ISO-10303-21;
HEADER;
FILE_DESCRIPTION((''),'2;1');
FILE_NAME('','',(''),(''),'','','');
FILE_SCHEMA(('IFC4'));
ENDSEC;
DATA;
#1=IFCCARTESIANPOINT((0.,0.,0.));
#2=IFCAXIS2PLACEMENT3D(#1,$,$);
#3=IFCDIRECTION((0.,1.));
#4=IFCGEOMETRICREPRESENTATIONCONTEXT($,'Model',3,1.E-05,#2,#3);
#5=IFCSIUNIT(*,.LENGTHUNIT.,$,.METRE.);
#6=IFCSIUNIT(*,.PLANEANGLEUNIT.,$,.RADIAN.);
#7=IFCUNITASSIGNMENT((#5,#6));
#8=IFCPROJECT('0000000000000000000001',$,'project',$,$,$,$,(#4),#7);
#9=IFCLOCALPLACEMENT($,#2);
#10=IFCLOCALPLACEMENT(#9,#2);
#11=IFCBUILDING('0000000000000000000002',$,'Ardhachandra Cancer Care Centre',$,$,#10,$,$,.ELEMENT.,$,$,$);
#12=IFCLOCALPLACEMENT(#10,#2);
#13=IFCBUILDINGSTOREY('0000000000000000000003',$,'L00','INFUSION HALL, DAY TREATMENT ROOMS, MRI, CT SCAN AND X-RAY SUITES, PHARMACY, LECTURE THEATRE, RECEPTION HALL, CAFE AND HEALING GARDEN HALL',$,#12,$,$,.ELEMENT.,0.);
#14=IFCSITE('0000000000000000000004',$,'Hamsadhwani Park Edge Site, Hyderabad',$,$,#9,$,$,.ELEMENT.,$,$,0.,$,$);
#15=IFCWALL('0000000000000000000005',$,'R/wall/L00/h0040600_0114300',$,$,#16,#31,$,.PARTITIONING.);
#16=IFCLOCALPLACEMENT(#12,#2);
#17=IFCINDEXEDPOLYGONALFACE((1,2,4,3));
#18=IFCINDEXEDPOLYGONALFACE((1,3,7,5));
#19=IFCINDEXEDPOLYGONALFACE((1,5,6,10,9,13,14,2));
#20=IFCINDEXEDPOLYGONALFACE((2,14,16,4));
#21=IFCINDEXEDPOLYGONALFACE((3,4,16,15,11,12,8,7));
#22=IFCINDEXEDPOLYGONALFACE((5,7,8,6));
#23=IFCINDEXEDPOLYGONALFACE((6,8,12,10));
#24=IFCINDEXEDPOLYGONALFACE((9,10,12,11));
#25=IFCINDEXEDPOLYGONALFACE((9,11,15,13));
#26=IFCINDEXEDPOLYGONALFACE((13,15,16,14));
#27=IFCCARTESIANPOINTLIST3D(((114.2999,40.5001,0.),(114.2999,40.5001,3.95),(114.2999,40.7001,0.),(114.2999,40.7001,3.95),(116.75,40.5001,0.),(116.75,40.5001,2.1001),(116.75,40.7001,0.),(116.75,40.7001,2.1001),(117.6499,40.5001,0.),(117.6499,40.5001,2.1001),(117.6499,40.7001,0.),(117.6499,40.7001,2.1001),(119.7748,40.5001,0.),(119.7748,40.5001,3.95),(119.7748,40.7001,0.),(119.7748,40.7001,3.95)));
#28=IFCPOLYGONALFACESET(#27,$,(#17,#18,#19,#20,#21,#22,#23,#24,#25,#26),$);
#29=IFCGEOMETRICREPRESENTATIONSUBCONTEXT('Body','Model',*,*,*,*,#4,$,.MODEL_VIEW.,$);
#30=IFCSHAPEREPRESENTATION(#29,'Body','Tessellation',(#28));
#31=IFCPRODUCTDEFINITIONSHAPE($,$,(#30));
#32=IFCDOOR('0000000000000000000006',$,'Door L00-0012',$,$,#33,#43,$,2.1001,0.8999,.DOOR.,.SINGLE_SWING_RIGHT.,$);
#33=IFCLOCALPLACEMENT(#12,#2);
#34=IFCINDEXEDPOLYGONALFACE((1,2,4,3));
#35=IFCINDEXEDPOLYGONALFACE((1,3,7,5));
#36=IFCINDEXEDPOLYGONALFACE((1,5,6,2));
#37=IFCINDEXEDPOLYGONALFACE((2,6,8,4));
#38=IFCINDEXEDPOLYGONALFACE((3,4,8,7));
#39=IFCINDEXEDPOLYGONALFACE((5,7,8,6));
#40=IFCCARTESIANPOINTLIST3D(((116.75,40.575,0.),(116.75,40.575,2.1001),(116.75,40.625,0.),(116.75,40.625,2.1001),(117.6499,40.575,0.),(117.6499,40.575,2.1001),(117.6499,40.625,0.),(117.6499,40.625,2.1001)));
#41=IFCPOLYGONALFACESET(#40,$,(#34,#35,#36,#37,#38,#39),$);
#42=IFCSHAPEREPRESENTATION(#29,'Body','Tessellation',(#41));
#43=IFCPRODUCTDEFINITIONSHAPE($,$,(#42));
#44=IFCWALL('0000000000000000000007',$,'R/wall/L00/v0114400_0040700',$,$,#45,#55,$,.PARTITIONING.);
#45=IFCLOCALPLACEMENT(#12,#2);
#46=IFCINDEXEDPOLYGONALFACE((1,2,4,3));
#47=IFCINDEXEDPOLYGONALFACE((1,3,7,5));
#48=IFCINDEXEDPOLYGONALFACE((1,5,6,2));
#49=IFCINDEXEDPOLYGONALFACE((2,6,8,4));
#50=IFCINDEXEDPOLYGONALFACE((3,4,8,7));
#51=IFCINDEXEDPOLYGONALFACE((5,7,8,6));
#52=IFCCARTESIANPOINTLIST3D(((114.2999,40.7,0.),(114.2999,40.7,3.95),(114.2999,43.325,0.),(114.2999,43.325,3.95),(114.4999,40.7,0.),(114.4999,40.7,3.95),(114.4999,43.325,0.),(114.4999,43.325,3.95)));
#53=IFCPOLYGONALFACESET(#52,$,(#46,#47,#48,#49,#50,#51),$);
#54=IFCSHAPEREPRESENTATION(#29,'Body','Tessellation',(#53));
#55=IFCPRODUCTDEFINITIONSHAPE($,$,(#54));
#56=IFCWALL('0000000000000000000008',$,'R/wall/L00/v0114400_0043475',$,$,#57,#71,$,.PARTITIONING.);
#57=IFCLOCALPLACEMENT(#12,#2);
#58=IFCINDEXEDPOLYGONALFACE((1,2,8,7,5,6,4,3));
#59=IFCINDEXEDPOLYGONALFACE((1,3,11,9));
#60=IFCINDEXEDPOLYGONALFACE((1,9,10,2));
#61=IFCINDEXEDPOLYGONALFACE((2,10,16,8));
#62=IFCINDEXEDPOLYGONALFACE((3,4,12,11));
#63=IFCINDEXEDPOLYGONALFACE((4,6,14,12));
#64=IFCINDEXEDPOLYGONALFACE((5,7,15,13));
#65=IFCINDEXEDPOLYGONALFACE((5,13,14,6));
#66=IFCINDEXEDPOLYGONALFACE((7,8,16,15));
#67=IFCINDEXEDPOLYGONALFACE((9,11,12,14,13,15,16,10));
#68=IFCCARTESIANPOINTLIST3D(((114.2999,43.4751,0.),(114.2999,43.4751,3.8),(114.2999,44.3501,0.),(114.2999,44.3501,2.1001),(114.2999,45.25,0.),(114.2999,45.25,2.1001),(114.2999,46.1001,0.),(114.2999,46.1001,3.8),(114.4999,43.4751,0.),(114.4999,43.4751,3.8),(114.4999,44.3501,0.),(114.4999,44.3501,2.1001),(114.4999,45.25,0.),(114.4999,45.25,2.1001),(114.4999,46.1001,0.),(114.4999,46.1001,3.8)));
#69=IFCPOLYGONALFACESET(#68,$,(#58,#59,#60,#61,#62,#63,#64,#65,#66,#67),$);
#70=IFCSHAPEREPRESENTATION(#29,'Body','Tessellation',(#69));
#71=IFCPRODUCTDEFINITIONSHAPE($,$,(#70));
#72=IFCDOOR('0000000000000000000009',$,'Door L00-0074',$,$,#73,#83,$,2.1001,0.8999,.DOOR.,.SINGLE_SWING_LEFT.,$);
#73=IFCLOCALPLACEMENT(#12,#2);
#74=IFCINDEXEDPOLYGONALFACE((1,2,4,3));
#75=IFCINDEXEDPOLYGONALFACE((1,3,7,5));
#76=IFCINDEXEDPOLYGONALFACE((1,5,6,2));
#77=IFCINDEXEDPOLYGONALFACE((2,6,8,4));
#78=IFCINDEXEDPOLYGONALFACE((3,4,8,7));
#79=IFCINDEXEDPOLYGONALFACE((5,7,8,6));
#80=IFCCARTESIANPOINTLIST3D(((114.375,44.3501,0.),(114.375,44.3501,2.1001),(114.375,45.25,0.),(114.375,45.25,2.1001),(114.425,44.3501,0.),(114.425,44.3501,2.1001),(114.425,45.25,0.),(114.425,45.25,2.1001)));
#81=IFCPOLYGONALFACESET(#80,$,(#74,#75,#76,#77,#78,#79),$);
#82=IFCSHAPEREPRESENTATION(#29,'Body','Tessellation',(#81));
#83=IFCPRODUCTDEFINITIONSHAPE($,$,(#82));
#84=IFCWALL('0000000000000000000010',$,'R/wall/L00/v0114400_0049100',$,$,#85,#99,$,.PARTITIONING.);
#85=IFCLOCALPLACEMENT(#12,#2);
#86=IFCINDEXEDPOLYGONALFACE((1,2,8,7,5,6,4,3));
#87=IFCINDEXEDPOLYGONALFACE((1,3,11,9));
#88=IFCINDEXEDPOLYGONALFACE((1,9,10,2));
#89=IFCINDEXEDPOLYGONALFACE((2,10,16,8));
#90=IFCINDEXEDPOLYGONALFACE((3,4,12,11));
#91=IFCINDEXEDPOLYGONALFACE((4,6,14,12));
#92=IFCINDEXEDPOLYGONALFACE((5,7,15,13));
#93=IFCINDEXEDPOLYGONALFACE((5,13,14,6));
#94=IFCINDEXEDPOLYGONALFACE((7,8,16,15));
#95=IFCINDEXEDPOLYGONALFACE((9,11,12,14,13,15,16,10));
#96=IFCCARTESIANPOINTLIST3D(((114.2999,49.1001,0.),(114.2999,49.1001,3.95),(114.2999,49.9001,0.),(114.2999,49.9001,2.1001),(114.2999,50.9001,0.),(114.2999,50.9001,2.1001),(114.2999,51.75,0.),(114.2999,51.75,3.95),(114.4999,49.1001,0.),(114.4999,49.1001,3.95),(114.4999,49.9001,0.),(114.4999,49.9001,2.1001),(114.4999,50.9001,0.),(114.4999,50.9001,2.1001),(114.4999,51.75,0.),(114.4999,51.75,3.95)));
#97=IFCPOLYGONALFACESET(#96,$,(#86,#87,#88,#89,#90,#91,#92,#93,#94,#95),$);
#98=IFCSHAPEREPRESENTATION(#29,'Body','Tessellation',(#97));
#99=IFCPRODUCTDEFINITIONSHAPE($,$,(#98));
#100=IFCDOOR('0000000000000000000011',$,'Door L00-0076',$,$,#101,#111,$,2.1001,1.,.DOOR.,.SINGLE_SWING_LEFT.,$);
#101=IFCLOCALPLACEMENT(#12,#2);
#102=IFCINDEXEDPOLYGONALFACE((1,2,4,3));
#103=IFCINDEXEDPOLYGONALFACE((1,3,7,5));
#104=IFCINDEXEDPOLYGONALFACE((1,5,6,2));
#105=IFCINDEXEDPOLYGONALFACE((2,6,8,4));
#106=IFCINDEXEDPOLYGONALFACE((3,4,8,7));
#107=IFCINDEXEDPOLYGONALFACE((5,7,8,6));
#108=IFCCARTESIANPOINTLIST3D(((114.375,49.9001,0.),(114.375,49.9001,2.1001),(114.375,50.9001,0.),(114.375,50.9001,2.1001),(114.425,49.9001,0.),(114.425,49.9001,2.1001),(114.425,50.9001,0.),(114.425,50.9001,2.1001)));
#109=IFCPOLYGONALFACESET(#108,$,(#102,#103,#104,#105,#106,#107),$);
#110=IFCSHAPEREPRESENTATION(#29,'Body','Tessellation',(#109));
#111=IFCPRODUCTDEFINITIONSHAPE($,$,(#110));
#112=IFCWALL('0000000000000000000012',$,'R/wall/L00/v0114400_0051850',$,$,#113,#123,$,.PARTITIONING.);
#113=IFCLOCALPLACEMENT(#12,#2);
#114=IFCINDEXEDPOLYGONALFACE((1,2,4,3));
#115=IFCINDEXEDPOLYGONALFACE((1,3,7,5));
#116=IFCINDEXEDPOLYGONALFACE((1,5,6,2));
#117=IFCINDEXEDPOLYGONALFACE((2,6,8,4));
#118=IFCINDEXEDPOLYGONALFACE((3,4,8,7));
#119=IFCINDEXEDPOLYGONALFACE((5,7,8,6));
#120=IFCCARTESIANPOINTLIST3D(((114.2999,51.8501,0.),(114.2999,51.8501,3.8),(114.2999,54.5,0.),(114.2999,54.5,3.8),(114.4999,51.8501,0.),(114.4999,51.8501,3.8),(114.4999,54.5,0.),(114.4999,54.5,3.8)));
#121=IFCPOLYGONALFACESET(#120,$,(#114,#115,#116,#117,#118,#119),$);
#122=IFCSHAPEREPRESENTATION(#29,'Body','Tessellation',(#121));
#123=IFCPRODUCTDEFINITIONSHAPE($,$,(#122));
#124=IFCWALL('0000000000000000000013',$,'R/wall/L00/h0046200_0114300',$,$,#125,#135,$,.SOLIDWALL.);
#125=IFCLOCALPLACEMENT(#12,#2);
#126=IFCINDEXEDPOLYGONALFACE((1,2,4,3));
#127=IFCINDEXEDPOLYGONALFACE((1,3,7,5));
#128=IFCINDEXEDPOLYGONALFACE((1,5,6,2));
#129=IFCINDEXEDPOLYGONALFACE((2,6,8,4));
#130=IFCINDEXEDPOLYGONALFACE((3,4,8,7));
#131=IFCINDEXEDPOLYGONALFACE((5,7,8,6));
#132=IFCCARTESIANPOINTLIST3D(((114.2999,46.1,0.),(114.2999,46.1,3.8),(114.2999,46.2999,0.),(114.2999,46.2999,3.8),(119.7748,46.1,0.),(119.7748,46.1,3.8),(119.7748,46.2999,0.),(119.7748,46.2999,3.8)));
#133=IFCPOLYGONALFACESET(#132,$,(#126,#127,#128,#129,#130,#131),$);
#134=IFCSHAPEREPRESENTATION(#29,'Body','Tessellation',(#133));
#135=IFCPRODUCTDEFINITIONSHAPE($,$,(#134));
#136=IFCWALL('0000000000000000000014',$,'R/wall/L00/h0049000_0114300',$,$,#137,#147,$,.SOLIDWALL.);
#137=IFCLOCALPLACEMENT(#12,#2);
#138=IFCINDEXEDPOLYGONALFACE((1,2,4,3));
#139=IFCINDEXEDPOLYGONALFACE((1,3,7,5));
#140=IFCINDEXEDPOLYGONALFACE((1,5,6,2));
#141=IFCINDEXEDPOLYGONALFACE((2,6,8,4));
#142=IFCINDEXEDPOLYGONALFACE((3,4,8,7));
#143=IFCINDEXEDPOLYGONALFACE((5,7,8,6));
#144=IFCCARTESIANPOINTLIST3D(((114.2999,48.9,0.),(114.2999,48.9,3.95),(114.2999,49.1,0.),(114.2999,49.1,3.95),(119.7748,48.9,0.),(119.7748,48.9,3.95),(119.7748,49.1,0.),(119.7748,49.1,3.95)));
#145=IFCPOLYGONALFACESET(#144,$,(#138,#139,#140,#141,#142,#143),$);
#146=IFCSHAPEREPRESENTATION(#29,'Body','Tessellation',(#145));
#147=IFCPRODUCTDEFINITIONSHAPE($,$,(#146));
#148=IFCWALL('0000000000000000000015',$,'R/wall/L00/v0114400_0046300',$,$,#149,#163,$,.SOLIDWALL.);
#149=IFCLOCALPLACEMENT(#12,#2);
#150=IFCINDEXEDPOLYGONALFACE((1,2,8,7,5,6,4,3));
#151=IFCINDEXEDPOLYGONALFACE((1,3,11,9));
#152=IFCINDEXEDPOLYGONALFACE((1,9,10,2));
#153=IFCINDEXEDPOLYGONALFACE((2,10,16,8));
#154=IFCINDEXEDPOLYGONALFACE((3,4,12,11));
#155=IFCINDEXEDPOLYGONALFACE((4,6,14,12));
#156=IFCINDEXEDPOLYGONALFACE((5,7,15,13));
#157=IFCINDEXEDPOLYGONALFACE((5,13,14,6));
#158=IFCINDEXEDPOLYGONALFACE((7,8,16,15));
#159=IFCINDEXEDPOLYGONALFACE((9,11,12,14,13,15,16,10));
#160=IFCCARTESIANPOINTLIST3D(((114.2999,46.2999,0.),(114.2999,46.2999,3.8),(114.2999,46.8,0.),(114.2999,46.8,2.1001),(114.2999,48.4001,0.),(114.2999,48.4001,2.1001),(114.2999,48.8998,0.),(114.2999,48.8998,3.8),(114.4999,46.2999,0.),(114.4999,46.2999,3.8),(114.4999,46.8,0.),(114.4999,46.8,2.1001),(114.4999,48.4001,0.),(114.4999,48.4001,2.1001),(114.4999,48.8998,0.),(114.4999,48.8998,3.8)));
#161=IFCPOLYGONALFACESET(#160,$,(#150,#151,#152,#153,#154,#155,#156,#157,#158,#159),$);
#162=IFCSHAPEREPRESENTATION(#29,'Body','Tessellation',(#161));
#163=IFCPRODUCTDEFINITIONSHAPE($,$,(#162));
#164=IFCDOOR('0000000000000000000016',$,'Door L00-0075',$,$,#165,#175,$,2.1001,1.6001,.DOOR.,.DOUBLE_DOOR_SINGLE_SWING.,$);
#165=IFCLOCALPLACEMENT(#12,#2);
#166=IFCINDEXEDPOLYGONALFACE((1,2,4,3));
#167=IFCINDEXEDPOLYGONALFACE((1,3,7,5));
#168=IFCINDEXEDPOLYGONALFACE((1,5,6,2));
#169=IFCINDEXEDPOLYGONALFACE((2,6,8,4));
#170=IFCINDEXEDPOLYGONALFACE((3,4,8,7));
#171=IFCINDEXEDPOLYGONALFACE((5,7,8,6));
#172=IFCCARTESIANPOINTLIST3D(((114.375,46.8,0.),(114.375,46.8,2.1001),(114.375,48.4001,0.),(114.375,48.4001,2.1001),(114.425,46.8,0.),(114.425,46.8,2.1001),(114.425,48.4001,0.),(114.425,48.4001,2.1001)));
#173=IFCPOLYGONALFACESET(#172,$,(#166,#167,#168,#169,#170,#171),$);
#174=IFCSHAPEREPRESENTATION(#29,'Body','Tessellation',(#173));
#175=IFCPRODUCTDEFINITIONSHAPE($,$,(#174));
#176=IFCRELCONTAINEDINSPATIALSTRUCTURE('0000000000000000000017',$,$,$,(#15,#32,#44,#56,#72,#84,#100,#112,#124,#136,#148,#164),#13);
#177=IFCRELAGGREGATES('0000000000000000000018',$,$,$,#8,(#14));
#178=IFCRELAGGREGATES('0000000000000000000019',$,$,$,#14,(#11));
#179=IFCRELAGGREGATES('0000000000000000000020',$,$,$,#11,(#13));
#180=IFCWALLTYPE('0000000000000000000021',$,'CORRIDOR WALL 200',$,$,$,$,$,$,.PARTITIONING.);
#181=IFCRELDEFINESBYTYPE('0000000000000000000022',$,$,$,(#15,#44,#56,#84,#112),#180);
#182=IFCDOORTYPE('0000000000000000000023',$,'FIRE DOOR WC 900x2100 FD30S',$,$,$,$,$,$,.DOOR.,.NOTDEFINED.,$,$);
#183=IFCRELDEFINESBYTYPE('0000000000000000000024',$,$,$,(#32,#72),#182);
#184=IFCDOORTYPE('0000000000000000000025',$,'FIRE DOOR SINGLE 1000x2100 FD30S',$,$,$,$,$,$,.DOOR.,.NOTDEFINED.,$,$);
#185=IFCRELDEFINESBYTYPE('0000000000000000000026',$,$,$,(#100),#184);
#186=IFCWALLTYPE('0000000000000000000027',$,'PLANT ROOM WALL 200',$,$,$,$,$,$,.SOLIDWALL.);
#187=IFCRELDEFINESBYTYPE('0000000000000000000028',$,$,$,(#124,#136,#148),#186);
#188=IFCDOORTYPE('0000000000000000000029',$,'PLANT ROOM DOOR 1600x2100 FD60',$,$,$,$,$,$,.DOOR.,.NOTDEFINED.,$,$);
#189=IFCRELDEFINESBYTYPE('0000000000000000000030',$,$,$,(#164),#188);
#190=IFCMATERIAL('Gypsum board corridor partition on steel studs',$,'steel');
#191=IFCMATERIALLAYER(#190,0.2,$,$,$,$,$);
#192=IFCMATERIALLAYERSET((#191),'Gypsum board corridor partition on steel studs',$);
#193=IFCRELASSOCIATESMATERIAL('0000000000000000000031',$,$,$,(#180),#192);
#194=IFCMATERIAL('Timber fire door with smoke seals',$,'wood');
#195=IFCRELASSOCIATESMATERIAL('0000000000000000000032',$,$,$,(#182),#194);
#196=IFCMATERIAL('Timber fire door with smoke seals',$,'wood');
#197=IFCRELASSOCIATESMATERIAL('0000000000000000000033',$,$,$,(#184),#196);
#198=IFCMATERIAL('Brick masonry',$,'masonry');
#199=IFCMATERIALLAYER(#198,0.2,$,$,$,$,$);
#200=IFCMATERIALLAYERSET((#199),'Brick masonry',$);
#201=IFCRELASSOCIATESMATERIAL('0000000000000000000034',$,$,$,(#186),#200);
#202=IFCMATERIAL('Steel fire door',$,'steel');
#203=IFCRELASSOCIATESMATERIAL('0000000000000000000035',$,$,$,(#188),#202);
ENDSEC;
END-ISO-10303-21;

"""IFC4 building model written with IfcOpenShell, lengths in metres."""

from ifc_helpers import new_model, si_unit, direction, frame, frame_2d, origin, place, context, subcontext, project, spatial, rectangle, extrude, material, layer, layer_set, type_object, element, fill, save


model = new_model("IFC4")

# Units and contexts
model_context = context("Model", 3, precision=1e-05, world=origin(), true_north=direction((0.0, 1.0)))
body_context = subcontext(model_context, "Body", "Model", "MODEL_VIEW")
ifc_project = project(units=[si_unit("LENGTHUNIT", "METRE"), si_unit("PLANEANGLEUNIT", "RADIAN")], contexts=[model_context])

# Site, building, storey
site_placement = place(None, origin())
site = spatial("IfcSite", under=ifc_project, at=site_placement, Name="Hamsadhwani Park Edge Site, Hyderabad", CompositionType="ELEMENT", RefElevation=0.0)
building_placement = place(site_placement, origin())
building = spatial("IfcBuilding", under=site, at=building_placement, Name="Ardhachandra Cancer Care Centre", CompositionType="ELEMENT")
storey_placement = place(building_placement, origin())
storey = spatial("IfcBuildingStorey", under=building, at=storey_placement, Name="L00", Description="INFUSION HALL, DAY TREATMENT ROOMS, MRI, CT SCAN AND X-RAY SUITES, PHARMACY, LECTURE THEATRE, RECEPTION HALL, CAFE AND HEALING GARDEN HALL", CompositionType="ELEMENT", Elevation=0.0)

# Wall, opening, door
ifc_material_1 = material(Name="Gypsum board corridor partition on steel studs", Category="steel")
ifc_layer_1 = layer(ifc_material_1, 0.2)
ifc_layer_set_1 = layer_set([ifc_layer_1], Name="Gypsum board corridor partition on steel studs")
wall_type_1 = type_object("IfcWallType", Name="CORRIDOR WALL 200", PredefinedType="PARTITIONING", material=ifc_layer_set_1)
wall_1_placement = place(storey_placement, frame((114.3, 40.6001, 0.0), z_axis=(0.0, 0.0, 1.0), x_axis=(1.0, 0.0, 0.0)))
wall_1 = element("IfcWall", 1, at=wall_1_placement, inside=storey, type_object=wall_type_1, Name="R/wall/L00/h0040600_0114300", PredefinedType="PARTITIONING", context=body_context, shape_type="SweptSolid", body=[
    extrude(rectangle(XDim=5.4749, YDim=0.2, at=frame_2d((2.7373, 0.0))), origin(), (0.0, 0.0, 1.0), 3.95),
])
opening_1_placement = place(wall_1_placement, frame((2.45, 0.0, 0.0)))
opening_1 = element("IfcOpeningElement", 2, at=opening_1_placement, cuts=wall_1, PredefinedType="OPENING", context=body_context, shape_type="SweptSolid", body=[
    extrude(rectangle(XDim=0.8999, YDim=2.1001, at=frame_2d((0.45, 1.05))), frame((0.0, 0.1099, 0.0), z_axis=(0.0, -1.0, 0.0), x_axis=(1.0, 0.0, 0.0)), (0.0, 0.0, 1.0), 0.22),
])
ifc_material_2 = material(Name="Timber fire door with smoke seals", Category="wood")
door_type_1 = type_object("IfcDoorType", Name="FIRE DOOR WC 900x2100 FD30S", OperationType="NOTDEFINED", PredefinedType="DOOR", material=ifc_material_2)
door_1_placement = place(opening_1_placement, origin())
door_1 = element("IfcDoor", 3, at=door_1_placement, inside=storey, type_object=door_type_1, Name="Door L00-0012", OperationType="SINGLE_SWING_RIGHT", OverallHeight=2.1001, OverallWidth=0.8999, PredefinedType="DOOR", context=body_context, shape_type="SweptSolid", body=[
    extrude(rectangle(XDim=0.8999, YDim=2.1001, at=frame_2d((0.45, 1.05))), frame((0.0, 0.0249, 0.0), z_axis=(0.0, -1.0, 0.0), x_axis=(1.0, 0.0, 0.0)), (0.0, 0.0, 1.0), 0.05),
])
fill(opening_1, door_1)

# Wall
wall_2_placement = place(storey_placement, frame((114.3999, 40.7, 0.0), z_axis=(0.0, 0.0, 1.0), x_axis=(0.0, 1.0, 0.0)))
element("IfcWall", 4, at=wall_2_placement, inside=storey, type_object=wall_type_1, Name="R/wall/L00/v0114400_0040700", PredefinedType="PARTITIONING", context=body_context, shape_type="SweptSolid", body=[
    extrude(rectangle(XDim=2.625, YDim=0.2, at=frame_2d((1.3125, 0.0))), origin(), (0.0, 0.0, 1.0), 3.95),
])

# Walls, openings, doors
wall_3_placement = place(storey_placement, frame((114.3999, 43.4751, 0.0), z_axis=(0.0, 0.0, 1.0), x_axis=(0.0, 1.0, 0.0)))
wall_3 = element("IfcWall", 5, at=wall_3_placement, inside=storey, type_object=wall_type_1, Name="R/wall/L00/v0114400_0043475", PredefinedType="PARTITIONING", context=body_context, shape_type="SweptSolid", body=[
    extrude(rectangle(XDim=2.625, YDim=0.2, at=frame_2d((1.3125, 0.0))), origin(), (0.0, 0.0, 1.0), 3.8),
])
opening_2_placement = place(wall_3_placement, frame((0.875, 0.0, 0.0)))
opening_2 = element("IfcOpeningElement", 6, at=opening_2_placement, cuts=wall_3, PredefinedType="OPENING", context=body_context, shape_type="SweptSolid", body=[
    extrude(rectangle(XDim=0.8999, YDim=2.1001, at=frame_2d((0.45, 1.05))), frame((0.0, 0.1099, 0.0), z_axis=(0.0, -1.0, 0.0), x_axis=(1.0, 0.0, 0.0)), (0.0, 0.0, 1.0), 0.22),
])
door_2_placement = place(opening_2_placement, origin())
door_2 = element("IfcDoor", 7, at=door_2_placement, inside=storey, type_object=door_type_1, Name="Door L00-0074", OperationType="SINGLE_SWING_LEFT", OverallHeight=2.1001, OverallWidth=0.8999, PredefinedType="DOOR", context=body_context, shape_type="SweptSolid", body=[
    extrude(rectangle(XDim=0.8999, YDim=2.1001, at=frame_2d((0.45, 1.05))), frame((0.0, 0.0249, 0.0), z_axis=(0.0, -1.0, 0.0), x_axis=(1.0, 0.0, 0.0)), (0.0, 0.0, 1.0), 0.05),
])
fill(opening_2, door_2)
wall_4_placement = place(storey_placement, frame((114.3999, 49.1001, 0.0), z_axis=(0.0, 0.0, 1.0), x_axis=(0.0, 1.0, 0.0)))
wall_4 = element("IfcWall", 8, at=wall_4_placement, inside=storey, type_object=wall_type_1, Name="R/wall/L00/v0114400_0049100", PredefinedType="PARTITIONING", context=body_context, shape_type="SweptSolid", body=[
    extrude(rectangle(XDim=2.6499, YDim=0.2, at=frame_2d((1.325, 0.0))), origin(), (0.0, 0.0, 1.0), 3.95),
])
opening_3_placement = place(wall_4_placement, frame((0.8, 0.0, 0.0)))
opening_3 = element("IfcOpeningElement", 9, at=opening_3_placement, cuts=wall_4, PredefinedType="OPENING", context=body_context, shape_type="SweptSolid", body=[
    extrude(rectangle(XDim=1.0, YDim=2.1001, at=frame_2d((0.5, 1.05))), frame((0.0, 0.1099, 0.0), z_axis=(0.0, -1.0, 0.0), x_axis=(1.0, 0.0, 0.0)), (0.0, 0.0, 1.0), 0.22),
])
ifc_material_3 = material(Name="Timber fire door with smoke seals", Category="wood")
door_type_2 = type_object("IfcDoorType", Name="FIRE DOOR SINGLE 1000x2100 FD30S", OperationType="NOTDEFINED", PredefinedType="DOOR", material=ifc_material_3)
door_3_placement = place(opening_3_placement, origin())
door_3 = element("IfcDoor", 10, at=door_3_placement, inside=storey, type_object=door_type_2, Name="Door L00-0076", OperationType="SINGLE_SWING_LEFT", OverallHeight=2.1001, OverallWidth=1.0, PredefinedType="DOOR", context=body_context, shape_type="SweptSolid", body=[
    extrude(rectangle(XDim=1.0, YDim=2.1001, at=frame_2d((0.5, 1.05))), frame((0.0, 0.0249, 0.0), z_axis=(0.0, -1.0, 0.0), x_axis=(1.0, 0.0, 0.0)), (0.0, 0.0, 1.0), 0.05),
])
fill(opening_3, door_3)

# Walls
wall_5_placement = place(storey_placement, frame((114.3999, 51.8501, 0.0), z_axis=(0.0, 0.0, 1.0), x_axis=(0.0, 1.0, 0.0)))
element("IfcWall", 11, at=wall_5_placement, inside=storey, type_object=wall_type_1, Name="R/wall/L00/v0114400_0051850", PredefinedType="PARTITIONING", context=body_context, shape_type="SweptSolid", body=[
    extrude(rectangle(XDim=2.6499, YDim=0.2, at=frame_2d((1.325, 0.0))), origin(), (0.0, 0.0, 1.0), 3.8),
])
ifc_material_4 = material(Name="Brick masonry", Category="masonry")
ifc_layer_2 = layer(ifc_material_4, 0.2)
ifc_layer_set_2 = layer_set([ifc_layer_2], Name="Brick masonry")
wall_type_2 = type_object("IfcWallType", Name="PLANT ROOM WALL 200", PredefinedType="SOLIDWALL", material=ifc_layer_set_2)
wall_6_placement = place(storey_placement, frame((114.3, 46.2, 0.0), z_axis=(0.0, 0.0, 1.0), x_axis=(1.0, 0.0, 0.0)))
element("IfcWall", 12, at=wall_6_placement, inside=storey, type_object=wall_type_2, Name="R/wall/L00/h0046200_0114300", PredefinedType="SOLIDWALL", context=body_context, shape_type="SweptSolid", body=[
    extrude(rectangle(XDim=5.4749, YDim=0.2, at=frame_2d((2.7373, 0.0))), origin(), (0.0, 0.0, 1.0), 3.8),
])
wall_7_placement = place(storey_placement, frame((114.3, 49.0, 0.0), z_axis=(0.0, 0.0, 1.0), x_axis=(1.0, 0.0, 0.0)))
element("IfcWall", 13, at=wall_7_placement, inside=storey, type_object=wall_type_2, Name="R/wall/L00/h0049000_0114300", PredefinedType="SOLIDWALL", context=body_context, shape_type="SweptSolid", body=[
    extrude(rectangle(XDim=5.4749, YDim=0.2, at=frame_2d((2.7373, 0.0))), origin(), (0.0, 0.0, 1.0), 3.95),
])

# Wall, opening, door
wall_8_placement = place(storey_placement, frame((114.3999, 46.3, 0.0), z_axis=(0.0, 0.0, 1.0), x_axis=(0.0, 1.0, 0.0)))
wall_8 = element("IfcWall", 14, at=wall_8_placement, inside=storey, type_object=wall_type_2, Name="R/wall/L00/v0114400_0046300", PredefinedType="SOLIDWALL", context=body_context, shape_type="SweptSolid", body=[
    extrude(rectangle(XDim=2.5999, YDim=0.2, at=frame_2d((1.2998, 0.0))), origin(), (0.0, 0.0, 1.0), 3.8),
])
opening_4_placement = place(wall_8_placement, frame((0.5, 0.0, 0.0)))
opening_4 = element("IfcOpeningElement", 15, at=opening_4_placement, cuts=wall_8, PredefinedType="OPENING", context=body_context, shape_type="SweptSolid", body=[
    extrude(rectangle(XDim=1.6001, YDim=2.1001, at=frame_2d((0.8, 1.05))), frame((0.0, 0.1099, 0.0), z_axis=(0.0, -1.0, 0.0), x_axis=(1.0, 0.0, 0.0)), (0.0, 0.0, 1.0), 0.22),
])
ifc_material_5 = material(Name="Steel fire door", Category="steel")
door_type_3 = type_object("IfcDoorType", Name="PLANT ROOM DOOR 1600x2100 FD60", OperationType="NOTDEFINED", PredefinedType="DOOR", material=ifc_material_5)
door_4_placement = place(opening_4_placement, origin())
door_4 = element("IfcDoor", 16, at=door_4_placement, inside=storey, type_object=door_type_3, Name="Door L00-0075", OperationType="DOUBLE_DOOR_SINGLE_SWING", OverallHeight=2.1001, OverallWidth=1.6001, PredefinedType="DOOR", context=body_context, shape_type="SweptSolid", body=[
    extrude(rectangle(XDim=1.6001, YDim=2.1001, at=frame_2d((0.8, 1.05))), frame((0.0, 0.0249, 0.0), z_axis=(0.0, -1.0, 0.0), x_axis=(1.0, 0.0, 0.0)), (0.0, 0.0, 1.0), 0.05),
])
fill(opening_4, door_4)

save(model, "model.ifc")
